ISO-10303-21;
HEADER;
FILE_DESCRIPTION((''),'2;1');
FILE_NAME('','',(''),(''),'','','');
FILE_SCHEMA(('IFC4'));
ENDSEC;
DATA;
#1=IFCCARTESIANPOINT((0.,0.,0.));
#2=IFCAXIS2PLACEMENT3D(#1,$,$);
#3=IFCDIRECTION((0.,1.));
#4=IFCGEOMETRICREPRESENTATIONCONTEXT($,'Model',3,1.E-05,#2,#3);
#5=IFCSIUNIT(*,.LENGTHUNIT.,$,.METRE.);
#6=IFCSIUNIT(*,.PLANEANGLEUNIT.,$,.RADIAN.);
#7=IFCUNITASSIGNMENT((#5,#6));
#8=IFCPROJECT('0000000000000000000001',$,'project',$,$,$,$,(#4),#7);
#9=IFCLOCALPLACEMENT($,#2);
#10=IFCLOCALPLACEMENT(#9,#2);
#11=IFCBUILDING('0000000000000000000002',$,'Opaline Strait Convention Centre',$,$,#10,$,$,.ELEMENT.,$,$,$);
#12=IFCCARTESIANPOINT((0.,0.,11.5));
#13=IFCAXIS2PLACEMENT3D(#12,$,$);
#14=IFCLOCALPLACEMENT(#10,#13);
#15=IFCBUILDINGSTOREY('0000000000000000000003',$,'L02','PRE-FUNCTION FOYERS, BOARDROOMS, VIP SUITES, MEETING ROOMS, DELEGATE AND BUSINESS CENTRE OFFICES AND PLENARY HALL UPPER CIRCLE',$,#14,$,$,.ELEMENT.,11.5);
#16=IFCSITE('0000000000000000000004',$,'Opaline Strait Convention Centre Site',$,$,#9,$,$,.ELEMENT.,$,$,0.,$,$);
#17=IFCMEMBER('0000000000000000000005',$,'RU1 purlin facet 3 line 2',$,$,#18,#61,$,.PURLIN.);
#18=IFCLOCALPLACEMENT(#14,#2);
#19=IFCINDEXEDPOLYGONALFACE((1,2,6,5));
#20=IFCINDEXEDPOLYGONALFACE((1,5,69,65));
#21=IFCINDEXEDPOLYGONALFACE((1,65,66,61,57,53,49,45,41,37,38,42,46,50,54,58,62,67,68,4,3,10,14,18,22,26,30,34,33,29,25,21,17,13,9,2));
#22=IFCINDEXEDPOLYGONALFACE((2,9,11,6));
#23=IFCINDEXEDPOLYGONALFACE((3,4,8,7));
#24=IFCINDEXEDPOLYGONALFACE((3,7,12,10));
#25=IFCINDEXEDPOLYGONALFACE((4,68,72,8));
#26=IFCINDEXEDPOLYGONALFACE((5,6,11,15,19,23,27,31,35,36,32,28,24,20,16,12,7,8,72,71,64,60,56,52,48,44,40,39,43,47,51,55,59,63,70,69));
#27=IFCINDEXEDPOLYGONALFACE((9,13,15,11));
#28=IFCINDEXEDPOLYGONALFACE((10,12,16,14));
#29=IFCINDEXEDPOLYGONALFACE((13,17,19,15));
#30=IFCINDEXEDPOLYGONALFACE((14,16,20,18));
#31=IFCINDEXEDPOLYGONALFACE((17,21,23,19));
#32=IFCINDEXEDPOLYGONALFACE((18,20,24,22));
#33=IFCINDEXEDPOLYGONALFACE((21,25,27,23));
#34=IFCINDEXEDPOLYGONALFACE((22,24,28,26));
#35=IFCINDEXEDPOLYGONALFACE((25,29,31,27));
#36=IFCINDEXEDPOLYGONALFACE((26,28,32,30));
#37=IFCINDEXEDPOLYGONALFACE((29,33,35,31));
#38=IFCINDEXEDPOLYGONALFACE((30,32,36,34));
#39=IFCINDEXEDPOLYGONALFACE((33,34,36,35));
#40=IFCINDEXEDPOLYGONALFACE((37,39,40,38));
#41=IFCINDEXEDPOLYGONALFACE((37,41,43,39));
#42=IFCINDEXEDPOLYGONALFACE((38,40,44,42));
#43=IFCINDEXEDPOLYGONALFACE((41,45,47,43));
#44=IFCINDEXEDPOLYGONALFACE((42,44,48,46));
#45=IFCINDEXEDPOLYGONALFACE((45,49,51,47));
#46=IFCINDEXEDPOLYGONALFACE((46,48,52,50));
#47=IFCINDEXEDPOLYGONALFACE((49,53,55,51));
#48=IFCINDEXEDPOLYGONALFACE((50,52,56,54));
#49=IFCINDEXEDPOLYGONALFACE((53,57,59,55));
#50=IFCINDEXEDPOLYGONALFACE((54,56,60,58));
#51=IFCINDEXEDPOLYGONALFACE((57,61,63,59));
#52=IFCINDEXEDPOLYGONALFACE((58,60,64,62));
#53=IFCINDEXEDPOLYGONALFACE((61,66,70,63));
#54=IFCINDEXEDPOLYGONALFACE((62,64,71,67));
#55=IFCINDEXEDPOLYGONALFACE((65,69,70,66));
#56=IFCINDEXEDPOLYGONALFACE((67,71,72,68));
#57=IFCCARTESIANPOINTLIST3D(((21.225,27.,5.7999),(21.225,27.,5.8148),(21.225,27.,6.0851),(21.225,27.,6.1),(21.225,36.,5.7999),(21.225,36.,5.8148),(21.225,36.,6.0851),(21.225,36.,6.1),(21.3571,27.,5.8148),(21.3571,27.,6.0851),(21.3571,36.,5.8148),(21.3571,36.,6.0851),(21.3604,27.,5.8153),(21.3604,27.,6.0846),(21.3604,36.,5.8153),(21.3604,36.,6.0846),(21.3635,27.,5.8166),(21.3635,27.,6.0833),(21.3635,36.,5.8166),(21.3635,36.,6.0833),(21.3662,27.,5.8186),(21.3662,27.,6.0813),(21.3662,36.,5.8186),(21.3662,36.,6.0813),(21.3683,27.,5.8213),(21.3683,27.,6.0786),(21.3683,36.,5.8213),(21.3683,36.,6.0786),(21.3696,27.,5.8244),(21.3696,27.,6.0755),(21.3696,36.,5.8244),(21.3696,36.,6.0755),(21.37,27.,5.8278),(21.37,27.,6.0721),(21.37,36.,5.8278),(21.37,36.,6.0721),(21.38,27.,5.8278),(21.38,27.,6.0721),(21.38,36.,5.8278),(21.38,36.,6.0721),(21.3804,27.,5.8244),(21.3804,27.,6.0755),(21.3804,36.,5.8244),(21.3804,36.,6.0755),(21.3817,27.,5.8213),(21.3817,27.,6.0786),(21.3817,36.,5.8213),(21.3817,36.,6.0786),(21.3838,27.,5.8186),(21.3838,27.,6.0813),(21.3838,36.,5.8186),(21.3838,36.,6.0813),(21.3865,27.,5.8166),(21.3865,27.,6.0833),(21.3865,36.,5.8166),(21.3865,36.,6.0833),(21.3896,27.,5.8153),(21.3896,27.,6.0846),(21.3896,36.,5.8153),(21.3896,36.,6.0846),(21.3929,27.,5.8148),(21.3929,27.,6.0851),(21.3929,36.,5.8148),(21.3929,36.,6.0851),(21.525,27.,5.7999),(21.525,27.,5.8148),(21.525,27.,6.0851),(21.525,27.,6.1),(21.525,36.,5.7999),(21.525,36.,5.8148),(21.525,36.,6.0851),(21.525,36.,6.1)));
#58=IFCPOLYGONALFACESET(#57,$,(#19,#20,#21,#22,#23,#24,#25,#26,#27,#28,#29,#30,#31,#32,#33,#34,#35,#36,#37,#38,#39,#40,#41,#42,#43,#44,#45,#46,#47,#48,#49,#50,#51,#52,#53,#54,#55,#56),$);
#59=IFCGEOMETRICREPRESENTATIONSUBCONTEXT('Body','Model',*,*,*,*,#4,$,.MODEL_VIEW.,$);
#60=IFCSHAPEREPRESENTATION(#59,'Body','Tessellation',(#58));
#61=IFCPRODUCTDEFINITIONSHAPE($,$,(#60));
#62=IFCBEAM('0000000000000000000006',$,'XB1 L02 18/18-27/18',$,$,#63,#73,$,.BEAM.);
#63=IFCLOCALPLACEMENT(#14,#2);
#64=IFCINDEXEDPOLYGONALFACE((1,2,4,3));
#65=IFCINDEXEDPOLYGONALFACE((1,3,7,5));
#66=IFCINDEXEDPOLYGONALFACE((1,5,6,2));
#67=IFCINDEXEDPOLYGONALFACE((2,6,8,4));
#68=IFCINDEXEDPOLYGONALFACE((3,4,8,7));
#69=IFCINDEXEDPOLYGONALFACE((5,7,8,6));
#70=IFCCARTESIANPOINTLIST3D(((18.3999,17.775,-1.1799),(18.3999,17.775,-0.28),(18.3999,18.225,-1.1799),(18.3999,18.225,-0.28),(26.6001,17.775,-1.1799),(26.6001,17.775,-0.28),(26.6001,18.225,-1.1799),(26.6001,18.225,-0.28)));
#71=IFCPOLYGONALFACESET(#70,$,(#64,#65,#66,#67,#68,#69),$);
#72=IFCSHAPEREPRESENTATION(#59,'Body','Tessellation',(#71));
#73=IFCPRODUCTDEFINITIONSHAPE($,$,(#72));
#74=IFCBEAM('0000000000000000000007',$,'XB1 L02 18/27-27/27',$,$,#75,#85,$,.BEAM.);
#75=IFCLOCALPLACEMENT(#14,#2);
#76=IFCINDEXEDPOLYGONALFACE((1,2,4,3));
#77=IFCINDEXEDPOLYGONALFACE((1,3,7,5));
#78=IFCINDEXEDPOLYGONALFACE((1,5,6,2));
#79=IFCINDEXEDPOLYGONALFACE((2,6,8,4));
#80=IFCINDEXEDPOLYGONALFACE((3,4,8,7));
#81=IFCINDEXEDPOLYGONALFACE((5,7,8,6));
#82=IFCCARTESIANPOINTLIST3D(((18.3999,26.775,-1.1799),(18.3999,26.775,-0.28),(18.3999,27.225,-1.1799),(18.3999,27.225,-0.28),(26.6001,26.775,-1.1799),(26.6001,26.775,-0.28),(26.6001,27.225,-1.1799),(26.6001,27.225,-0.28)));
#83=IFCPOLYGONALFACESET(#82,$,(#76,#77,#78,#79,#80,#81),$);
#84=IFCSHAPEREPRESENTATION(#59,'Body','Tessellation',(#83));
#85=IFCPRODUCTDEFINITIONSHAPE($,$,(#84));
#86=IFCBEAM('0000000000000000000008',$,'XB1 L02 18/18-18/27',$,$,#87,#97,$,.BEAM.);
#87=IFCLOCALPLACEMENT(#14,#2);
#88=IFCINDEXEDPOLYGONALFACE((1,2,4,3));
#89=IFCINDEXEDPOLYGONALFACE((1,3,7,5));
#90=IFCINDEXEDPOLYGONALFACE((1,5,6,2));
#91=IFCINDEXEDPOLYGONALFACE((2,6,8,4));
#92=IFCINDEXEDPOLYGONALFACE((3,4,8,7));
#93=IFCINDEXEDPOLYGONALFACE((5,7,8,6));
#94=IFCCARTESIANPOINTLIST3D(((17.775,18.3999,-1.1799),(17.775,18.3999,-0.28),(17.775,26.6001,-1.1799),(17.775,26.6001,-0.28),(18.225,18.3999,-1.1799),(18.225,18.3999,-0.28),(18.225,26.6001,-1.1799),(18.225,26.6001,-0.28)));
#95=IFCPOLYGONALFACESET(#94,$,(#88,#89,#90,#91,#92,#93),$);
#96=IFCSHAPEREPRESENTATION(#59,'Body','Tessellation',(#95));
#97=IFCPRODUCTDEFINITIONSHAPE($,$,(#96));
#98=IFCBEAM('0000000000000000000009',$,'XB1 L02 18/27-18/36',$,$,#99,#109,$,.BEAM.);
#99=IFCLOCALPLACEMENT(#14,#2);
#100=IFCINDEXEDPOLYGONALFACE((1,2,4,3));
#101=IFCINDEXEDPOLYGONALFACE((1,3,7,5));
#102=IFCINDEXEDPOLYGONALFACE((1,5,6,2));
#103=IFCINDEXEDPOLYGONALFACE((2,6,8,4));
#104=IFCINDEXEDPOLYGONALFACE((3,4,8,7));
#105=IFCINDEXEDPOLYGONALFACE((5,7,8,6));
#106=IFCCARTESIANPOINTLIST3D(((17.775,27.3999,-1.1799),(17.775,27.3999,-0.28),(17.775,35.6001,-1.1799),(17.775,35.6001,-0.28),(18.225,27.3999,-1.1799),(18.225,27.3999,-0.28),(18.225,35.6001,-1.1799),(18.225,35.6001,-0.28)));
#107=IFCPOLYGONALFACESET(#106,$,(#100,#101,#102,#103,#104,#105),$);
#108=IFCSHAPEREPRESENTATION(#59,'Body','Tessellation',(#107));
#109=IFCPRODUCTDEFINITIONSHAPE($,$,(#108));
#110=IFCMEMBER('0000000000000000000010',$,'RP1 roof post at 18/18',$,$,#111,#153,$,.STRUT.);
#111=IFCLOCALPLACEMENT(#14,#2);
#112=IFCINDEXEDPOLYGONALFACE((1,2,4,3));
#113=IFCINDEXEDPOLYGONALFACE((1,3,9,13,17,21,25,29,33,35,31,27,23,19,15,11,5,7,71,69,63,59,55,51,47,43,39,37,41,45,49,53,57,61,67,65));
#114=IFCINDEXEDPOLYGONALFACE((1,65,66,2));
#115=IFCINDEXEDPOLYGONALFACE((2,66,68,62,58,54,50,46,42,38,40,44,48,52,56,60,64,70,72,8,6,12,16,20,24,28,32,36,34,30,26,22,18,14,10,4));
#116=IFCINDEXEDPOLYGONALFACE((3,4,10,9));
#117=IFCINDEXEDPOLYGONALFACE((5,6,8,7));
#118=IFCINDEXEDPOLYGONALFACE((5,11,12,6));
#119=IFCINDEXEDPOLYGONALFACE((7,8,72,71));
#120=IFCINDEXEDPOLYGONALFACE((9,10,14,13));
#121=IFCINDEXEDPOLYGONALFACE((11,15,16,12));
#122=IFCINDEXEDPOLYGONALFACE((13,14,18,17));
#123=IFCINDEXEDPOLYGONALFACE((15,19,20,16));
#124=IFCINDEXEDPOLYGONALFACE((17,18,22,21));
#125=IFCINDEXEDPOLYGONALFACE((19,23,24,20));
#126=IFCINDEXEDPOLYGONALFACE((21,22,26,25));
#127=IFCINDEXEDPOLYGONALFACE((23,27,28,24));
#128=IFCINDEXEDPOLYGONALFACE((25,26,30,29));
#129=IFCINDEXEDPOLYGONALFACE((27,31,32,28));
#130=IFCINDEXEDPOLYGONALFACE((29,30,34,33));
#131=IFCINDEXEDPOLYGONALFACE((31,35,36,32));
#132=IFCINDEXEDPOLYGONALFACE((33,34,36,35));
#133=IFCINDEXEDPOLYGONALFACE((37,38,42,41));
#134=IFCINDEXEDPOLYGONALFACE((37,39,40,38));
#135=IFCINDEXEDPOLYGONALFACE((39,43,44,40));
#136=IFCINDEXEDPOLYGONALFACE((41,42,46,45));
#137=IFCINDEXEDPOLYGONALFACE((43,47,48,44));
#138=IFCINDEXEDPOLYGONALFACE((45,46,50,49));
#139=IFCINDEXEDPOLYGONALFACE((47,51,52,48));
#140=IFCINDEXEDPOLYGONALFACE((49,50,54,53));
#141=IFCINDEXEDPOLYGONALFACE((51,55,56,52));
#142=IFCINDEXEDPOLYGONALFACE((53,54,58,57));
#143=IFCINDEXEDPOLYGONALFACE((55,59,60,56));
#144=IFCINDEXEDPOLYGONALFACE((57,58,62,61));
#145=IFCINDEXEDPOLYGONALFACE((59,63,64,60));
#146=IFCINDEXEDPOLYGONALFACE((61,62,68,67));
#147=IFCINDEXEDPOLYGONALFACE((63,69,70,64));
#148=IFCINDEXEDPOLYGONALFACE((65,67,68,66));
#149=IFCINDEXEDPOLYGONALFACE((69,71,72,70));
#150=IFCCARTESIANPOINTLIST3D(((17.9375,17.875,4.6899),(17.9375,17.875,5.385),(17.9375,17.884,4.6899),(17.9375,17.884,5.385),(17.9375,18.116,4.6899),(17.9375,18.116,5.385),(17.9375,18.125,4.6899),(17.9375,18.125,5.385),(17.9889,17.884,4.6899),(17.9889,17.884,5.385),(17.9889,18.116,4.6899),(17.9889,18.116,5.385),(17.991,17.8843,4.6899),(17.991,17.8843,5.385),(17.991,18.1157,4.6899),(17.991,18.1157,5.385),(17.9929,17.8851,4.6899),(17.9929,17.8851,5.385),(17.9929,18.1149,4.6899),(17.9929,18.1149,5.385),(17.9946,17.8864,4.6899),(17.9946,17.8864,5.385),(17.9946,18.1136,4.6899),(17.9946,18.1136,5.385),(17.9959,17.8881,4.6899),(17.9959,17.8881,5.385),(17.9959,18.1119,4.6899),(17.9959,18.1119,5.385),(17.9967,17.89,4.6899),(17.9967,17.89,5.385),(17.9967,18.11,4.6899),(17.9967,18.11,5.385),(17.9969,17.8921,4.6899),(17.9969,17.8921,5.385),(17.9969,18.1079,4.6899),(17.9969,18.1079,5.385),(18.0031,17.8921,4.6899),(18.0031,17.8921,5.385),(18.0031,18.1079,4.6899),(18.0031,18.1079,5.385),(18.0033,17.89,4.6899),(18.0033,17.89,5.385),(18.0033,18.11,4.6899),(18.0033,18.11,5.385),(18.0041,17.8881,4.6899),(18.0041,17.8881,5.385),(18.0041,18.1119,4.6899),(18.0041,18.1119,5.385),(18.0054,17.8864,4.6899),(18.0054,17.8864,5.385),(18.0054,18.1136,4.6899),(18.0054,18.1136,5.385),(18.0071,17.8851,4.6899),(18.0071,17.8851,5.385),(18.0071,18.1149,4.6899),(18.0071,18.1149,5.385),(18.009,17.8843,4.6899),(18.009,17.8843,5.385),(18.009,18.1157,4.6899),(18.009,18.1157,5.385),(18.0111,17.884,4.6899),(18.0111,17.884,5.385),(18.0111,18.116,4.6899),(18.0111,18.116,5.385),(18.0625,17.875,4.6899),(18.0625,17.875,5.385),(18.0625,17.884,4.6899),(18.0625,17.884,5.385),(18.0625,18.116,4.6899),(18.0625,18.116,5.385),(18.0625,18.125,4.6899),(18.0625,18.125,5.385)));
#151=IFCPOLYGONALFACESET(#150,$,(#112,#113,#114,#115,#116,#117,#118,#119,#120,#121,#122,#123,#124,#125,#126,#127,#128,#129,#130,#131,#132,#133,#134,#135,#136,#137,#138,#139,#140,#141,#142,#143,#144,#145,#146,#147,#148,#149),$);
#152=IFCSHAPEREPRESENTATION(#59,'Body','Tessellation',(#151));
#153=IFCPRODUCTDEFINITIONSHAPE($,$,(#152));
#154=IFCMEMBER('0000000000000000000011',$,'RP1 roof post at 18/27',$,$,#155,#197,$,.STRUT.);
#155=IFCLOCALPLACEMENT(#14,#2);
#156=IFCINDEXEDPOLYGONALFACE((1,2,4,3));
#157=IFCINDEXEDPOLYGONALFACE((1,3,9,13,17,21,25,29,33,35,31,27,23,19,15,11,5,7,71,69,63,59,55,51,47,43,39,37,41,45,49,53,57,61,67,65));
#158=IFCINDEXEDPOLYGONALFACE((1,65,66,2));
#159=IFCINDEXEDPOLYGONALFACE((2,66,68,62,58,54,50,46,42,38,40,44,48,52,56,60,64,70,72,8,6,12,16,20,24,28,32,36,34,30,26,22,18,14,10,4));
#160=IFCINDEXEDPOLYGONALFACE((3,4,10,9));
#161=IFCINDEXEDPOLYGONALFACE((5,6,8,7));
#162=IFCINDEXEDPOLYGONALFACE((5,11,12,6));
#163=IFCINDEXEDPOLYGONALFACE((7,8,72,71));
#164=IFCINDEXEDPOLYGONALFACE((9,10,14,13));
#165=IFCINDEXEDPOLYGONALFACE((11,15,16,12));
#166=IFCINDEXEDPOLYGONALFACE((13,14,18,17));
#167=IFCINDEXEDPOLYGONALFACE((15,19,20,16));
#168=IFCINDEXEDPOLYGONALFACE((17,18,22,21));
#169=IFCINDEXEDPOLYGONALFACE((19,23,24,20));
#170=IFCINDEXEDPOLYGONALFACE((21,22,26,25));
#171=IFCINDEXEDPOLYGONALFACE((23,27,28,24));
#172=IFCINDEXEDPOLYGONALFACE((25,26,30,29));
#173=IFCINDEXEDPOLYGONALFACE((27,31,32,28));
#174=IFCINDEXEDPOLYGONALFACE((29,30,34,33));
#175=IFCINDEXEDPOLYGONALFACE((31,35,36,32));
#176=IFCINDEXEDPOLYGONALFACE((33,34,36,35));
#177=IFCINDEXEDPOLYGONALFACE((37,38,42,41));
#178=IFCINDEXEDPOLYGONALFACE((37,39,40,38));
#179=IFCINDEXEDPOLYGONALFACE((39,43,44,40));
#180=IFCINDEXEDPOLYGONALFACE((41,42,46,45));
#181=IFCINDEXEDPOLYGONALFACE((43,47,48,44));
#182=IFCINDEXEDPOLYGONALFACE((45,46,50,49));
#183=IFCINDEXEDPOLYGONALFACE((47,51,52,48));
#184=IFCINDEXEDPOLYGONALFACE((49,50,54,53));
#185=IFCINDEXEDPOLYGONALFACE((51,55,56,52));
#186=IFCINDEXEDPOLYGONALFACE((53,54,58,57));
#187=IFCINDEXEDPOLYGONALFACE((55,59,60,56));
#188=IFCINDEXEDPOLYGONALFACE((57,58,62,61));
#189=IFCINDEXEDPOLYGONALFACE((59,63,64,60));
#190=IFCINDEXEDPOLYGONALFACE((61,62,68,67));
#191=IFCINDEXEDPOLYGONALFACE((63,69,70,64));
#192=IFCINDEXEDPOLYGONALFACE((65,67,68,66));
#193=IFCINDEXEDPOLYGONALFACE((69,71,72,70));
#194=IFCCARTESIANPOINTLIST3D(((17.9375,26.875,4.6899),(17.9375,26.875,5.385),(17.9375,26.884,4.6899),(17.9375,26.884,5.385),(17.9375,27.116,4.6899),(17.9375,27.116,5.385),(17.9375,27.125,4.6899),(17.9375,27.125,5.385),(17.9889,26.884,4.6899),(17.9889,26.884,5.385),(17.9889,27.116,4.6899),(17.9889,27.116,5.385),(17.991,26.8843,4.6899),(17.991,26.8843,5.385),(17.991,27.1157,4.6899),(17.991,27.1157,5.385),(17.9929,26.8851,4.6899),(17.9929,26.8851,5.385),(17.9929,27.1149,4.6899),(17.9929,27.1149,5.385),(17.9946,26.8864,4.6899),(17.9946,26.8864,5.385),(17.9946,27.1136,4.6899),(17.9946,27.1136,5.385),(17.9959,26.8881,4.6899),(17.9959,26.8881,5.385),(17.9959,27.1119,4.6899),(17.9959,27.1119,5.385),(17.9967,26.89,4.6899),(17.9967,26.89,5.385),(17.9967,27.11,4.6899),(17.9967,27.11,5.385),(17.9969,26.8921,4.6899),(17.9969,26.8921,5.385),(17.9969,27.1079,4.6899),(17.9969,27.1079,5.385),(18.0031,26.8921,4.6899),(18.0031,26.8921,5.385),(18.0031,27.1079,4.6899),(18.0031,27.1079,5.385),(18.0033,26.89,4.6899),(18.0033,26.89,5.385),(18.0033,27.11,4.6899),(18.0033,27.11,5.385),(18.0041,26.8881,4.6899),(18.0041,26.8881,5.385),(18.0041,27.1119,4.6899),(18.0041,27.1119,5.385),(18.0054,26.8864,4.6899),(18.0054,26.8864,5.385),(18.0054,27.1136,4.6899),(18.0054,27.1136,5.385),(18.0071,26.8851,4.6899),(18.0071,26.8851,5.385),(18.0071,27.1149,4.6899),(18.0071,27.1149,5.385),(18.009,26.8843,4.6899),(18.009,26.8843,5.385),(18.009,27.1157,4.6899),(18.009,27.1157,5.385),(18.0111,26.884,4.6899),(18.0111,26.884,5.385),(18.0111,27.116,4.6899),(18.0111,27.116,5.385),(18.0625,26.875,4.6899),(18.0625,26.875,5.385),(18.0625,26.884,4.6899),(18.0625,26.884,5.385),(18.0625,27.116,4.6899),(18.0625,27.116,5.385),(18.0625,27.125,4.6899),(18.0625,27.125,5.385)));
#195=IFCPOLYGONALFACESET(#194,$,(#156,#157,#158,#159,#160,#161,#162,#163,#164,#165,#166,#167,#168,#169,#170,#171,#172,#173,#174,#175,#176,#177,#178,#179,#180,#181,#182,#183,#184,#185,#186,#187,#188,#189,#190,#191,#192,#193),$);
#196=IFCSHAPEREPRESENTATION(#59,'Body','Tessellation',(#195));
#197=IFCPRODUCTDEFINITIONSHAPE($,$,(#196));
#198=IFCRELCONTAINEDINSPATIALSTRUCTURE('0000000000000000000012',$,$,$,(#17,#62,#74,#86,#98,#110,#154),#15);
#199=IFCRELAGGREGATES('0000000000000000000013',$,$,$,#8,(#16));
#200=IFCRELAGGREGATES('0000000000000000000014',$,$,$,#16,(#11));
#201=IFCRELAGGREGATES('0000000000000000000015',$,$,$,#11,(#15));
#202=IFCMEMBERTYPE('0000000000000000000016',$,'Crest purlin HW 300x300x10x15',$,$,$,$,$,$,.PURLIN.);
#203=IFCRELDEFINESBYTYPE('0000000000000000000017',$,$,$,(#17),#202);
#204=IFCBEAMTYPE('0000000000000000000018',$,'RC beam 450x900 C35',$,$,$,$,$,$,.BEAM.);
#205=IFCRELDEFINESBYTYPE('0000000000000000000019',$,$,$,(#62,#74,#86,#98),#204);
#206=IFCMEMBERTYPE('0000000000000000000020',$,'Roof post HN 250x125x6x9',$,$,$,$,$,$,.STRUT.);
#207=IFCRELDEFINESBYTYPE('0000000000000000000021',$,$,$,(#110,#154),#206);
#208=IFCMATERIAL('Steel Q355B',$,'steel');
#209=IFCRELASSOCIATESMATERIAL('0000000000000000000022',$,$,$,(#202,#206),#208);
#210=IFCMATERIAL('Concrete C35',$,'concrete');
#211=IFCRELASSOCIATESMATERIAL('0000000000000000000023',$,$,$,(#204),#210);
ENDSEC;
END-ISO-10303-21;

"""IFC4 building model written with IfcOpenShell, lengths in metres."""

from ifc_helpers import new_model, si_unit, direction, frame, origin, origin_2d, place, context, subcontext, project, spatial, rectangle, i_section, extrude, material, material_profile, profile_set, type_object, element, save


model = new_model("IFC4")

# Units and contexts
model_context = context("Model", 3, precision=1e-05, world=origin(), true_north=direction((0.0, 1.0)))
body_context = subcontext(model_context, "Body", "Model", "MODEL_VIEW")
ifc_project = project(units=[si_unit("LENGTHUNIT", "METRE"), si_unit("PLANEANGLEUNIT", "RADIAN")], contexts=[model_context])

# Site, building, storey
site_placement = place(None, origin())
site = spatial("IfcSite", under=ifc_project, at=site_placement, Name="Opaline Strait Convention Centre Site", CompositionType="ELEMENT", RefElevation=0.0)
building_placement = place(site_placement, origin())
building = spatial("IfcBuilding", under=site, at=building_placement, Name="Opaline Strait Convention Centre", CompositionType="ELEMENT")
storey_placement = place(building_placement, frame((0.0, 0.0, 11.5)))
storey = spatial("IfcBuildingStorey", under=building, at=storey_placement, Name="L02", Description="PRE-FUNCTION FOYERS, BOARDROOMS, VIP SUITES, MEETING ROOMS, DELEGATE AND BUSINESS CENTRE OFFICES AND PLENARY HALL UPPER CIRCLE", CompositionType="ELEMENT", Elevation=11.5)

# Member
ifc_material_1 = material(Name="Steel Q355B", Category="steel")
ifc_material_profile_1 = material_profile(ifc_material_1, i_section(OverallWidth=0.3, OverallDepth=0.3, WebThickness=0.01, FlangeThickness=0.0149, FilletRadius=0.0129, at=origin_2d()), Name="HW 300x300x10x15")
ifc_profile_set_1 = profile_set([ifc_material_profile_1], Name="Steel Q355B")
member_type_1 = type_object("IfcMemberType", Name="Crest purlin HW 300x300x10x15", PredefinedType="PURLIN", material=ifc_profile_set_1)
for number, where, z_axis, x_axis, name in (
    (1, (21.375, 27.0, 5.95), (0.0, 1.0, 0.0), (-1.0, 0.0, 0.0), "RU1 purlin facet 3 line 2"),
):
    element("IfcMember", number, at=place(storey_placement, frame(where, z_axis=z_axis, x_axis=x_axis)), inside=storey, type_object=member_type_1, Name=name, PredefinedType="PURLIN", context=body_context, shape_type="SweptSolid", body=[
        extrude(i_section(OverallWidth=0.3, OverallDepth=0.3, WebThickness=0.01, FlangeThickness=0.0149, FilletRadius=0.0129, at=origin_2d()), origin(), (0.0, 0.0, 1.0), 9.0),
    ])

# Beams
ifc_material_2 = material(Name="Concrete C35", Category="concrete")
ifc_material_profile_2 = material_profile(ifc_material_2, rectangle(XDim=0.45, YDim=0.8999, at=origin_2d()), Name="RC 450x900")
ifc_profile_set_2 = profile_set([ifc_material_profile_2], Name="Concrete C35")
beam_type = type_object("IfcBeamType", Name="RC beam 450x900 C35", PredefinedType="BEAM", material=ifc_profile_set_2)
for number, where, z_axis, x_axis, name in (
    (2, (18.3999, 18.0, -0.73), (1.0, 0.0, 0.0), (0.0, 1.0, 0.0), "XB1 L02 18/18-27/18"),
    (3, (18.3999, 27.0, -0.73), (1.0, 0.0, 0.0), (0.0, 1.0, 0.0), "XB1 L02 18/27-27/27"),
    (4, (18.0, 18.3999, -0.73), (0.0, 1.0, 0.0), (-1.0, 0.0, 0.0), "XB1 L02 18/18-18/27"),
    (5, (18.0, 27.3999, -0.73), (0.0, 1.0, 0.0), (-1.0, 0.0, 0.0), "XB1 L02 18/27-18/36"),
):
    element("IfcBeam", number, at=place(storey_placement, frame(where, z_axis=z_axis, x_axis=x_axis)), inside=storey, type_object=beam_type, Name=name, PredefinedType="BEAM", context=body_context, shape_type="SweptSolid", body=[
        extrude(rectangle(XDim=0.45, YDim=0.8999, at=origin_2d()), origin(), (0.0, 0.0, 1.0), 8.2002),
    ])

# Members
ifc_material_profile_3 = material_profile(ifc_material_1, i_section(OverallWidth=0.125, OverallDepth=0.25, WebThickness=0.0061, FlangeThickness=0.009, FilletRadius=0.0081, at=origin_2d()), Name="HN 250x125x6x9")
ifc_profile_set_3 = profile_set([ifc_material_profile_3], Name="Steel Q355B")
member_type_2 = type_object("IfcMemberType", Name="Roof post HN 250x125x6x9", PredefinedType="STRUT", material=ifc_profile_set_3)
for number, where, z_axis, x_axis, name in (
    (6, (18.0, 18.0, 4.6899), (0.0, 0.0, 1.0), (1.0, 0.0, 0.0), "RP1 roof post at 18/18"),
    (7, (18.0, 27.0, 4.6899), (0.0, 0.0, 1.0), (1.0, 0.0, 0.0), "RP1 roof post at 18/27"),
):
    element("IfcMember", number, at=place(storey_placement, frame(where, z_axis=z_axis, x_axis=x_axis)), inside=storey, type_object=member_type_2, Name=name, PredefinedType="STRUT", context=body_context, shape_type="SweptSolid", body=[
        extrude(i_section(OverallWidth=0.125, OverallDepth=0.25, WebThickness=0.0061, FlangeThickness=0.009, FilletRadius=0.0081, at=origin_2d()), origin(), (0.0, 0.0, 1.0), 0.6951),
    ])

save(model, "model.ifc")
